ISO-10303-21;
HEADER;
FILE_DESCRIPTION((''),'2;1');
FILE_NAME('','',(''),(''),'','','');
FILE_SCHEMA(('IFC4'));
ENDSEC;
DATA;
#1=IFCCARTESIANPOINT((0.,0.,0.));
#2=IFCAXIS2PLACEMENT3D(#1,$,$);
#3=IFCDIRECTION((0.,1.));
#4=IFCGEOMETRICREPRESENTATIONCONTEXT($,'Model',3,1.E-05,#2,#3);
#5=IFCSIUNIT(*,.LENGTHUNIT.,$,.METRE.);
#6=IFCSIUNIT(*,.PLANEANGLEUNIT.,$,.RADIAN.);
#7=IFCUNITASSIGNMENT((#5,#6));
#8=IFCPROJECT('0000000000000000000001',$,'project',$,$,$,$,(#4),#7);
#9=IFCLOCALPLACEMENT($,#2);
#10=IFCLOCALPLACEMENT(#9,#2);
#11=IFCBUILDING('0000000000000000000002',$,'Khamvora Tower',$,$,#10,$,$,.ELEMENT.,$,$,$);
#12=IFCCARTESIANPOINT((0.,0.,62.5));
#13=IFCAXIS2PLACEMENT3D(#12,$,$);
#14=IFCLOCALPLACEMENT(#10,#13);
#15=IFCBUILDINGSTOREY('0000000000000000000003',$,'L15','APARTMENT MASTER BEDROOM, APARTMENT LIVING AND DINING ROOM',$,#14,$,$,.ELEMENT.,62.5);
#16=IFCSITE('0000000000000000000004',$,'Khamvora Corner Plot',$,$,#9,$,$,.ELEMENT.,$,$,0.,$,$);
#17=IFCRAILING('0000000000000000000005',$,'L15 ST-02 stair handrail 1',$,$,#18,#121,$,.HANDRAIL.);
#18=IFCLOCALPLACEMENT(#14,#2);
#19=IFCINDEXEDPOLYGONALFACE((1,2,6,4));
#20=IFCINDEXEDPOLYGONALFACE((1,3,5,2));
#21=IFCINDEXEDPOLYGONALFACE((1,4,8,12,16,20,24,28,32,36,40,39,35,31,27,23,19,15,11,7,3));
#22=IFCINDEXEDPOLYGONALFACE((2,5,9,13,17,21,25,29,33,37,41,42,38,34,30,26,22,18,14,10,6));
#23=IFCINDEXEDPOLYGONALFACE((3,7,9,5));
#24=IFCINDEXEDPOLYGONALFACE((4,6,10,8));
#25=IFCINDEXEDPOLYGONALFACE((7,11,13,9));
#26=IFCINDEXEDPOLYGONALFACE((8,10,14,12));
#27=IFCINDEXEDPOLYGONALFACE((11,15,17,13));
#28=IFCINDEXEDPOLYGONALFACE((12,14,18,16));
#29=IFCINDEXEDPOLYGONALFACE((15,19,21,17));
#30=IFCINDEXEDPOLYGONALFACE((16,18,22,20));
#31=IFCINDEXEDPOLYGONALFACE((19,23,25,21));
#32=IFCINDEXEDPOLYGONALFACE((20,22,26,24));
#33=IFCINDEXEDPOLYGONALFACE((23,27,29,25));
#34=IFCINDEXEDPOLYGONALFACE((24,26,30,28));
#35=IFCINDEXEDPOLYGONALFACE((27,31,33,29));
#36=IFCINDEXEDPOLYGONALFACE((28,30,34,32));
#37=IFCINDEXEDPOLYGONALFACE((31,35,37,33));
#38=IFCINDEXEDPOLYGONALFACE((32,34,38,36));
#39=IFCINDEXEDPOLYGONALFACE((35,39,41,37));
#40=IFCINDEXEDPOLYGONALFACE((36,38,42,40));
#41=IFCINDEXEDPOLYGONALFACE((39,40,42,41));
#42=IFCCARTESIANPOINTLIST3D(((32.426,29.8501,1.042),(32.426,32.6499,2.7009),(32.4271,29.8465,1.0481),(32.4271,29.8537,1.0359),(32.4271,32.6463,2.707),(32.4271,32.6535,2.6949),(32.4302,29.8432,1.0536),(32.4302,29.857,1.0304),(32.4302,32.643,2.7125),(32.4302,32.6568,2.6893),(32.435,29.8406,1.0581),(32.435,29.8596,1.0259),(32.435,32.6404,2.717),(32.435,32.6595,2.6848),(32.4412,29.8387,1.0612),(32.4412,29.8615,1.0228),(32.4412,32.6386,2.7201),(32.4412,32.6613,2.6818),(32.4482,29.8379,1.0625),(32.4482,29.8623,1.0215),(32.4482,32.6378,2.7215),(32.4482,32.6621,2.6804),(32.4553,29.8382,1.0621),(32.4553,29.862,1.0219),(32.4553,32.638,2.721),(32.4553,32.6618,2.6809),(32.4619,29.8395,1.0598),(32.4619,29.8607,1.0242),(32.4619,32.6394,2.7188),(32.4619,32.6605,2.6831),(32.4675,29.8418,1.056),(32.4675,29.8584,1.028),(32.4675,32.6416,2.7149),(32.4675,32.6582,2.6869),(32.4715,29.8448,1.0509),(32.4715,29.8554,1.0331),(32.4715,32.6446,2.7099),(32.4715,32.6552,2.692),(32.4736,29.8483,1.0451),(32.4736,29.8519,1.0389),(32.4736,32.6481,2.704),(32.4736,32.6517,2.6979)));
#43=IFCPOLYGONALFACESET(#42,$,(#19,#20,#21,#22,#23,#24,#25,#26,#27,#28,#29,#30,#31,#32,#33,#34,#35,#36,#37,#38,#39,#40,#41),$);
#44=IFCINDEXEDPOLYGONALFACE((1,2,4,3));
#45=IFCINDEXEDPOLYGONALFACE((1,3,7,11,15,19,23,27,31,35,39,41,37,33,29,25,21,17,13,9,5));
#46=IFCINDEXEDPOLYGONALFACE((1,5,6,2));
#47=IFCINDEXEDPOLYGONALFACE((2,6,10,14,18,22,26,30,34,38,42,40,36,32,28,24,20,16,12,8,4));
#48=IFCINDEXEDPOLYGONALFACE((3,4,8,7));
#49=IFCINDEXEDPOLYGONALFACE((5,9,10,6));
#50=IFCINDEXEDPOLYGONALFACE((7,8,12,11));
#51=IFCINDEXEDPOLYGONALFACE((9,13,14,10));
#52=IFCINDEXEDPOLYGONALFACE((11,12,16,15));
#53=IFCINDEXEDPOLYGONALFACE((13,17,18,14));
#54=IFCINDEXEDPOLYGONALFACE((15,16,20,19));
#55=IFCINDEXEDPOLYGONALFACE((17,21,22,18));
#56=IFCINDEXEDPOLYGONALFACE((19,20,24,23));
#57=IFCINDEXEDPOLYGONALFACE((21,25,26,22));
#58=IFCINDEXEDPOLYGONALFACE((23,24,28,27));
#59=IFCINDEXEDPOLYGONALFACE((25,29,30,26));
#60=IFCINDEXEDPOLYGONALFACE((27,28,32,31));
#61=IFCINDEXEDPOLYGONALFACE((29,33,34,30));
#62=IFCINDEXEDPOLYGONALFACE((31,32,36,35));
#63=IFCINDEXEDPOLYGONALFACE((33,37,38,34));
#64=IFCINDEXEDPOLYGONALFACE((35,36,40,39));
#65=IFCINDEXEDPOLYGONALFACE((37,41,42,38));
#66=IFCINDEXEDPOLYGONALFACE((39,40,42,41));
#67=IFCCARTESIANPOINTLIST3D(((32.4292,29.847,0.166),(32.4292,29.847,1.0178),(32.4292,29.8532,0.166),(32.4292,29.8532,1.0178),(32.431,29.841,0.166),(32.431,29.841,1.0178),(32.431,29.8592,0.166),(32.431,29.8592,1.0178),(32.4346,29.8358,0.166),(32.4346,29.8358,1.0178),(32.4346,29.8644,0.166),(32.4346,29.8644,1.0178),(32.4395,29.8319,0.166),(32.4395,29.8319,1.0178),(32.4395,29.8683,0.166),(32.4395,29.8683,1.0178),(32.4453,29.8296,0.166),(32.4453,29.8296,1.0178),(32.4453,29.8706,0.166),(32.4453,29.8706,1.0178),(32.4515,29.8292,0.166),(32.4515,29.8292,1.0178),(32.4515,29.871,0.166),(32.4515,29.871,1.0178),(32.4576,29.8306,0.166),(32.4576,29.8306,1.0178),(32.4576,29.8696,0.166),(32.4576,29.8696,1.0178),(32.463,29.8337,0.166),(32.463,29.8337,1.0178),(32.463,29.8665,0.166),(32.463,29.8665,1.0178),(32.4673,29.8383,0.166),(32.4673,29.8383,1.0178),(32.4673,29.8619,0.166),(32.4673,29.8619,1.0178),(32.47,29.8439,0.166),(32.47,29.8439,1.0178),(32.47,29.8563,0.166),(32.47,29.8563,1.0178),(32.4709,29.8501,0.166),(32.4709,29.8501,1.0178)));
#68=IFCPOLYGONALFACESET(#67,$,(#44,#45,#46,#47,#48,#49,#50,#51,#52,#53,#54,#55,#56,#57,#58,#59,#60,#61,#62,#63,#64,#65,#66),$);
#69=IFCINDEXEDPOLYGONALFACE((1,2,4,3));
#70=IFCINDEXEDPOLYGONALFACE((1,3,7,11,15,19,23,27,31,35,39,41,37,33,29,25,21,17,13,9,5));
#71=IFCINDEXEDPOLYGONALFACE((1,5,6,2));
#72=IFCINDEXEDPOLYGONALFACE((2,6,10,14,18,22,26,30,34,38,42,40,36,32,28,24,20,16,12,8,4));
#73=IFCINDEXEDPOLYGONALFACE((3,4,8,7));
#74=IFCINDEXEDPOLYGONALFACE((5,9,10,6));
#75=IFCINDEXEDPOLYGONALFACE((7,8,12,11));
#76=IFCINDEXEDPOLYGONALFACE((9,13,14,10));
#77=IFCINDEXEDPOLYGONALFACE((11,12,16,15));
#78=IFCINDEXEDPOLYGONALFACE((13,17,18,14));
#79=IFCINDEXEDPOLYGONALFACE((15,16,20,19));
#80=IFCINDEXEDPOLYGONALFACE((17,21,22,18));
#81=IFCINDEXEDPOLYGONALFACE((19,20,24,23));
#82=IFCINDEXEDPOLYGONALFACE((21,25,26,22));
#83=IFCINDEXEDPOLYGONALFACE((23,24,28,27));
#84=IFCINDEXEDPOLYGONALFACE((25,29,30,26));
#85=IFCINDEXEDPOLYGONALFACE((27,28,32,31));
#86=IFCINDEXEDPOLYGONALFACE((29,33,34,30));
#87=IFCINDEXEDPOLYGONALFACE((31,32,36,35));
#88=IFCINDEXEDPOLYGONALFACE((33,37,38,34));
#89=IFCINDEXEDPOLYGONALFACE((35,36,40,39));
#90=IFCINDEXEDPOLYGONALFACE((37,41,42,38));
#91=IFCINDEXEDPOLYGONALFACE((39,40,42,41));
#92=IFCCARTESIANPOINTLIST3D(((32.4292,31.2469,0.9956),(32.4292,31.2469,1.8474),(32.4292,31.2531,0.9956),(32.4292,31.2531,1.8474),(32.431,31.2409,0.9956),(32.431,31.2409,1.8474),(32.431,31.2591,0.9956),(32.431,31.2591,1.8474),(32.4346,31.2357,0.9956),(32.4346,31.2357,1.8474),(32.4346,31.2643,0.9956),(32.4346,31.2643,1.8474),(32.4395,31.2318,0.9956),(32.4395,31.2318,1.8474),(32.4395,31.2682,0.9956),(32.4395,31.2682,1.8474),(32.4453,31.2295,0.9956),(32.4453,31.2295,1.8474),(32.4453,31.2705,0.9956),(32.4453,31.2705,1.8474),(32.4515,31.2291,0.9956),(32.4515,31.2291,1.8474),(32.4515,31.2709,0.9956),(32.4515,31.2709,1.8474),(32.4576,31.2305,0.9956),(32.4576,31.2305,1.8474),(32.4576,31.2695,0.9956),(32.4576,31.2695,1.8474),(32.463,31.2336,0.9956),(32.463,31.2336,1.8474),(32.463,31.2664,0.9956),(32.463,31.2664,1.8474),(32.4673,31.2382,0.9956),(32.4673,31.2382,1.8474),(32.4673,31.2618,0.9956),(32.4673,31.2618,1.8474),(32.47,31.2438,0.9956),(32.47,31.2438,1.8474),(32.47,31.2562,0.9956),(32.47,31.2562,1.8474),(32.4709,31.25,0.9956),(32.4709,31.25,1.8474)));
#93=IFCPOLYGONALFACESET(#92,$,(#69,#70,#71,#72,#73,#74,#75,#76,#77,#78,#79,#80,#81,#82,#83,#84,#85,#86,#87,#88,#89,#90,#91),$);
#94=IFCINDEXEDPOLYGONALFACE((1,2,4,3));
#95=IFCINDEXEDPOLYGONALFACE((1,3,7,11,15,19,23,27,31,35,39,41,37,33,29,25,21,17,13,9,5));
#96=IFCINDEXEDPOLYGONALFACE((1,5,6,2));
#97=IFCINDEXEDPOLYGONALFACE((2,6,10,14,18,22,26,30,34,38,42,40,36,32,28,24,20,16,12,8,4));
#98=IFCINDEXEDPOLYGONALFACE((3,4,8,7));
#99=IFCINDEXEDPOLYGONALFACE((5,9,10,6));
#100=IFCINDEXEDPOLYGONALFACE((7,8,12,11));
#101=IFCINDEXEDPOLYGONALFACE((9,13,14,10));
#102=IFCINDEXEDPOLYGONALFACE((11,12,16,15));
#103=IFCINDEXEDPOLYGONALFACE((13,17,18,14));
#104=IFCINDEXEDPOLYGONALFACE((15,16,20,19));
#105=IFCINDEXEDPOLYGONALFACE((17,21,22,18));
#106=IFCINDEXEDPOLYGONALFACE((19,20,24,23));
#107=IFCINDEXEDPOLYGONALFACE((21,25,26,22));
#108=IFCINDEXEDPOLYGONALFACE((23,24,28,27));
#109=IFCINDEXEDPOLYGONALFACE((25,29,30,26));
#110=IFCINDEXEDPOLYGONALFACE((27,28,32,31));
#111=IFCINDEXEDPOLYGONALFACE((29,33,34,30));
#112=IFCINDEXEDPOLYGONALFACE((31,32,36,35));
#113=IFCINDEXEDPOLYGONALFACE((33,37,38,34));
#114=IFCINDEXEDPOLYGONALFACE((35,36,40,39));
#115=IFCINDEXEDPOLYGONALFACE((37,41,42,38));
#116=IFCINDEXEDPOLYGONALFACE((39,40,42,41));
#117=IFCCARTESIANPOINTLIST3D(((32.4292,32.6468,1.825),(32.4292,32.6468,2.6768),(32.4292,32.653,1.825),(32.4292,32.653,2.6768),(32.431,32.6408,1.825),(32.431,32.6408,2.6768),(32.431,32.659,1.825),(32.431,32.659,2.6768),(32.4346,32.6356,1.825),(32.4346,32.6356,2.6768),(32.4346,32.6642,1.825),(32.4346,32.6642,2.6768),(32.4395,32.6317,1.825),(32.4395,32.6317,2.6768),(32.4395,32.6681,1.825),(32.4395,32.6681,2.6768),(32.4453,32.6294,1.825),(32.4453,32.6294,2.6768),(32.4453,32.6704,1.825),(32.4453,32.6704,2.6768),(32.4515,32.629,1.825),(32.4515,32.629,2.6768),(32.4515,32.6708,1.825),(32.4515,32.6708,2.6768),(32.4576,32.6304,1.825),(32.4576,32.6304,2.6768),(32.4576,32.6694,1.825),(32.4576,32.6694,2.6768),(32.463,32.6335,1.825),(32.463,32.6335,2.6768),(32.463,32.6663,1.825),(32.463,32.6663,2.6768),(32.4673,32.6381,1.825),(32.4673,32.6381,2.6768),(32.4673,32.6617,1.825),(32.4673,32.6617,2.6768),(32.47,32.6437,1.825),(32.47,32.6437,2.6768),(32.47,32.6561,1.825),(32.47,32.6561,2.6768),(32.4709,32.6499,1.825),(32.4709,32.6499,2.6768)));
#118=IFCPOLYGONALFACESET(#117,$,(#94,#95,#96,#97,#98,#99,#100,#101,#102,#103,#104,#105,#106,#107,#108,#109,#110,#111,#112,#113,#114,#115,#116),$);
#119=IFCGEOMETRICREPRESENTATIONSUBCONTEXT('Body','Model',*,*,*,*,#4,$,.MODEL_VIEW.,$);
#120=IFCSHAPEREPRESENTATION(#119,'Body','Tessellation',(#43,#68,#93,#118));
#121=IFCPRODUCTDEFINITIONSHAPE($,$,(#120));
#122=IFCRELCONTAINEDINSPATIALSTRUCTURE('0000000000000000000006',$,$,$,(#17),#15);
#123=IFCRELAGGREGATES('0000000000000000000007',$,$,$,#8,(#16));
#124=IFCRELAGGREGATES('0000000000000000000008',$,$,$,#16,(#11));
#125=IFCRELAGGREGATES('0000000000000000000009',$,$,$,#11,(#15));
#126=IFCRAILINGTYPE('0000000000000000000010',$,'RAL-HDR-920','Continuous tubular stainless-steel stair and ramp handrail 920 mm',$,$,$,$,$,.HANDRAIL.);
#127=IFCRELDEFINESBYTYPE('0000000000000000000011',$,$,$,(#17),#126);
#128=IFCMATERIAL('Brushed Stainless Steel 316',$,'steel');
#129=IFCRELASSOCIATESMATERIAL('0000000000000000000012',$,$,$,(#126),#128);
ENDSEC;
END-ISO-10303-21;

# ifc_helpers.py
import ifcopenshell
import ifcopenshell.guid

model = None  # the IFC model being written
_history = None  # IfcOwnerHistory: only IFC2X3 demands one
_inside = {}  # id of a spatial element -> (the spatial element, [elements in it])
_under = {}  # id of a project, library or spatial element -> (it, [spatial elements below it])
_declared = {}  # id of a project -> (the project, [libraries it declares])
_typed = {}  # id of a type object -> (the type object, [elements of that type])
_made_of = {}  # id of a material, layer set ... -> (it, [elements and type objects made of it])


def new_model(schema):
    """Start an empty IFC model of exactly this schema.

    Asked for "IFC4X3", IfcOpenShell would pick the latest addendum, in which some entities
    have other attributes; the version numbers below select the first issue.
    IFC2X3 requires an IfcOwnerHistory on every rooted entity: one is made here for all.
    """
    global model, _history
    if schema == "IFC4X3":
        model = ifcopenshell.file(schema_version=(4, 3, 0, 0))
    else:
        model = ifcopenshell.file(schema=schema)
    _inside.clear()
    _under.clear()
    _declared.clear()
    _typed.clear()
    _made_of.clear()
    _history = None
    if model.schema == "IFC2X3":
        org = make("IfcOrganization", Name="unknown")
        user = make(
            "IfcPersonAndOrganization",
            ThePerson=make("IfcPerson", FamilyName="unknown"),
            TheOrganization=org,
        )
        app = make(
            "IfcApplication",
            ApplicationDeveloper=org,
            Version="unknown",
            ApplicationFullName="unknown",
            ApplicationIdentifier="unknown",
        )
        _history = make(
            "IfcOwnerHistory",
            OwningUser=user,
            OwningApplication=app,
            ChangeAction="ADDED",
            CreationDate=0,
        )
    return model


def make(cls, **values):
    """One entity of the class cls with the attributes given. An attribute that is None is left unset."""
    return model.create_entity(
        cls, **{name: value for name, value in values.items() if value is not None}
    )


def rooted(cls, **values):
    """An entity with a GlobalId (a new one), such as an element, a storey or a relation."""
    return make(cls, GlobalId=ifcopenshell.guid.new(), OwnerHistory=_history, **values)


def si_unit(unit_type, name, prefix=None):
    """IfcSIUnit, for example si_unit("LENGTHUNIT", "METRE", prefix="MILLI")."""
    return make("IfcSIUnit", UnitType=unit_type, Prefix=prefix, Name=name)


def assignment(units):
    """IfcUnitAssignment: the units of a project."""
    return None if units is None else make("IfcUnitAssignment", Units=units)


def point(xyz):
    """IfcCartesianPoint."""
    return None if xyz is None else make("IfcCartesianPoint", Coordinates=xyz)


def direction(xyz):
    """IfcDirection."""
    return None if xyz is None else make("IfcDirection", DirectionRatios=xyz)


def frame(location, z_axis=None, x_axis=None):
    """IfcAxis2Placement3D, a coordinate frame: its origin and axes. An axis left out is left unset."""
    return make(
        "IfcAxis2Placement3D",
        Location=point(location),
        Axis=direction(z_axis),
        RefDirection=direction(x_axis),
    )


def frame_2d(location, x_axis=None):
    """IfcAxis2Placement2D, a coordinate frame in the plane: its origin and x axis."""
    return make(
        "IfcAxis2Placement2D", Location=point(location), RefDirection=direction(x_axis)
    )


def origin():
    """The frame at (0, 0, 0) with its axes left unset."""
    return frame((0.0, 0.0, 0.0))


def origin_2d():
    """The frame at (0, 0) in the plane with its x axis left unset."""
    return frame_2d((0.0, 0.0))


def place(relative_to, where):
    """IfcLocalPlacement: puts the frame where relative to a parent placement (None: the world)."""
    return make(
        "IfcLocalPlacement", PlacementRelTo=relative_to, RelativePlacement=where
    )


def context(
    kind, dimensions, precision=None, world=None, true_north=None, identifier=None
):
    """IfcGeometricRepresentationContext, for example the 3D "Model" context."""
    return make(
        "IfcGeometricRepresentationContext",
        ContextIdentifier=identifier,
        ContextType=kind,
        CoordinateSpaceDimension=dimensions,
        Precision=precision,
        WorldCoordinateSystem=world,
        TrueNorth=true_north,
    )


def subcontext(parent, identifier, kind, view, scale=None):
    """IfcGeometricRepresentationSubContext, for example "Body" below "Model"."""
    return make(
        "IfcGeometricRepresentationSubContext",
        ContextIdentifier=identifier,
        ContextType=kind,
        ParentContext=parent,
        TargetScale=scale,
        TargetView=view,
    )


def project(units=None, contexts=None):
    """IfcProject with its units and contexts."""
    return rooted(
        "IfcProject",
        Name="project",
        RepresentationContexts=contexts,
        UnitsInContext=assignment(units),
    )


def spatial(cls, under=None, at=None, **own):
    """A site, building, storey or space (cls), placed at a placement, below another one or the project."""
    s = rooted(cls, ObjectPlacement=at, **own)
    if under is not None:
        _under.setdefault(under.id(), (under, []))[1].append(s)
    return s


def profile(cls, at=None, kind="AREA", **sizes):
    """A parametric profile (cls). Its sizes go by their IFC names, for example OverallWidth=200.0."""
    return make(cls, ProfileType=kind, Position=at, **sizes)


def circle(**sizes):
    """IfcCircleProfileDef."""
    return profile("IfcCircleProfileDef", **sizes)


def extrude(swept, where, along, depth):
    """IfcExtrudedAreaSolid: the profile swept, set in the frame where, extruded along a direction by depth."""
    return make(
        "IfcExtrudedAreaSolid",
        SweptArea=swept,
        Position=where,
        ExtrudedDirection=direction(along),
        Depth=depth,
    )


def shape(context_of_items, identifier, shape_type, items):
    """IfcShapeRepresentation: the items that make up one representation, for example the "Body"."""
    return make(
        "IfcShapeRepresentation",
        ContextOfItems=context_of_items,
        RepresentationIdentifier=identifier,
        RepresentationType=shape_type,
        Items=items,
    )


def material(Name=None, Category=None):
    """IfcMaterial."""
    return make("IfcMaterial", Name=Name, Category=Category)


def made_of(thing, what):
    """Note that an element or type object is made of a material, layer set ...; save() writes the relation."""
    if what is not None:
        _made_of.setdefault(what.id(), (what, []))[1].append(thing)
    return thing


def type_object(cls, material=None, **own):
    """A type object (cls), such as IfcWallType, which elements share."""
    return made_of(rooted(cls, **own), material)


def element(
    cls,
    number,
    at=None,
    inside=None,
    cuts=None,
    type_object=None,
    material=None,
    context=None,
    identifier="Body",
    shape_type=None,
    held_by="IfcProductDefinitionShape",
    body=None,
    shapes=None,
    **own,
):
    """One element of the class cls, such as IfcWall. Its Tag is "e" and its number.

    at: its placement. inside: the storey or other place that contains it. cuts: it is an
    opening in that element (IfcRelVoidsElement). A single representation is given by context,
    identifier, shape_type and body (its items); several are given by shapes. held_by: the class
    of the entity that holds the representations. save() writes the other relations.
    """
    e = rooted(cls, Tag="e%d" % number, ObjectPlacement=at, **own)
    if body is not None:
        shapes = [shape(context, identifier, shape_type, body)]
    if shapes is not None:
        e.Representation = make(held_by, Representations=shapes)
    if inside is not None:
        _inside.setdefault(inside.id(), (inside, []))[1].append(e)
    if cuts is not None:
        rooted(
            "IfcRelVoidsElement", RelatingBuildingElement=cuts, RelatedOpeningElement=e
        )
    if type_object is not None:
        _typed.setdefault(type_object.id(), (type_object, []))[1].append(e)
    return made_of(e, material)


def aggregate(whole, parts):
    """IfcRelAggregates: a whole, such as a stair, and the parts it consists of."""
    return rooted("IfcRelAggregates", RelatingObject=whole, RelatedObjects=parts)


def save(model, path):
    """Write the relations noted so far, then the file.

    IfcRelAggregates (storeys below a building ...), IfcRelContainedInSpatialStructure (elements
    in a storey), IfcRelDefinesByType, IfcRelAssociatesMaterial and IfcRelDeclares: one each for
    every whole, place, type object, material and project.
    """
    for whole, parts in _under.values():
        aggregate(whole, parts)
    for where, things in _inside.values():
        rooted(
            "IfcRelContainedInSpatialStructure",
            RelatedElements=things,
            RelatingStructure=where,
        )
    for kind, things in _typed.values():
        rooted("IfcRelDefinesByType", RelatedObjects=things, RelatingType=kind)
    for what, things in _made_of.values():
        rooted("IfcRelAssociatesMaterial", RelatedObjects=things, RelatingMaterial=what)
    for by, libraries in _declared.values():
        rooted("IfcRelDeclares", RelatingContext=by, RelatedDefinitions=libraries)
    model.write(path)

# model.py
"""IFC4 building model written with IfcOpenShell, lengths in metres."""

from ifc_helpers import new_model, si_unit, direction, frame, origin, origin_2d, place, context, subcontext, project, spatial, circle, extrude, material, type_object, element, save


model = new_model("IFC4")

# Units and contexts
model_context = context("Model", 3, precision=1e-05, world=origin(), true_north=direction((0.0, 1.0)))
body_context = subcontext(model_context, "Body", "Model", "MODEL_VIEW")
ifc_project = project(units=[si_unit("LENGTHUNIT", "METRE"), si_unit("PLANEANGLEUNIT", "RADIAN")], contexts=[model_context])

# Site, building, storey
site_placement = place(None, origin())
site = spatial("IfcSite", under=ifc_project, at=site_placement, Name="Khamvora Corner Plot", CompositionType="ELEMENT", RefElevation=0.0)
building_placement = place(site_placement, origin())
building = spatial("IfcBuilding", under=site, at=building_placement, Name="Khamvora Tower", CompositionType="ELEMENT")
storey_placement = place(building_placement, frame((0.0, 0.0, 62.5)))
storey = spatial("IfcBuildingStorey", under=building, at=storey_placement, Name="L15", Description="APARTMENT MASTER BEDROOM, APARTMENT LIVING AND DINING ROOM", CompositionType="ELEMENT", Elevation=62.5)

# Railing
ifc_material_1 = material(Name="Brushed Stainless Steel 316", Category="steel")
railing_type_1 = type_object("IfcRailingType", Name="RAL-HDR-920", Description="Continuous tubular stainless-steel stair and ramp handrail 920 mm", PredefinedType="HANDRAIL", material=ifc_material_1)
railing_1_placement = place(storey_placement, frame((32.45, 29.8501, 0.166)))
element("IfcRailing", 1, at=railing_1_placement, inside=storey, type_object=railing_type_1, Name="L15 ST-02 stair handrail 1", PredefinedType="HANDRAIL", context=body_context, shape_type="SweptSolid", body=[
    extrude(circle(Radius=0.0239, at=origin_2d()), frame((0.0, 0.0, 0.876), z_axis=(0.0, 0.86032, 0.509755), x_axis=(-1.0, 0.0, 0.0)), (0.0, 0.0, 1.0), 3.2544),
    extrude(circle(Radius=0.021, at=origin_2d()), origin(), (0.0, 0.0, 1.0), 0.8518),
    extrude(circle(Radius=0.021, at=origin_2d()), frame((0.0, 1.3999, 0.8296)), (0.0, 0.0, 1.0), 0.8518),
    extrude(circle(Radius=0.021, at=origin_2d()), frame((0.0, 2.7998, 1.6589)), (0.0, 0.0, 1.0), 0.8518),
])

save(model, "model.ifc")
